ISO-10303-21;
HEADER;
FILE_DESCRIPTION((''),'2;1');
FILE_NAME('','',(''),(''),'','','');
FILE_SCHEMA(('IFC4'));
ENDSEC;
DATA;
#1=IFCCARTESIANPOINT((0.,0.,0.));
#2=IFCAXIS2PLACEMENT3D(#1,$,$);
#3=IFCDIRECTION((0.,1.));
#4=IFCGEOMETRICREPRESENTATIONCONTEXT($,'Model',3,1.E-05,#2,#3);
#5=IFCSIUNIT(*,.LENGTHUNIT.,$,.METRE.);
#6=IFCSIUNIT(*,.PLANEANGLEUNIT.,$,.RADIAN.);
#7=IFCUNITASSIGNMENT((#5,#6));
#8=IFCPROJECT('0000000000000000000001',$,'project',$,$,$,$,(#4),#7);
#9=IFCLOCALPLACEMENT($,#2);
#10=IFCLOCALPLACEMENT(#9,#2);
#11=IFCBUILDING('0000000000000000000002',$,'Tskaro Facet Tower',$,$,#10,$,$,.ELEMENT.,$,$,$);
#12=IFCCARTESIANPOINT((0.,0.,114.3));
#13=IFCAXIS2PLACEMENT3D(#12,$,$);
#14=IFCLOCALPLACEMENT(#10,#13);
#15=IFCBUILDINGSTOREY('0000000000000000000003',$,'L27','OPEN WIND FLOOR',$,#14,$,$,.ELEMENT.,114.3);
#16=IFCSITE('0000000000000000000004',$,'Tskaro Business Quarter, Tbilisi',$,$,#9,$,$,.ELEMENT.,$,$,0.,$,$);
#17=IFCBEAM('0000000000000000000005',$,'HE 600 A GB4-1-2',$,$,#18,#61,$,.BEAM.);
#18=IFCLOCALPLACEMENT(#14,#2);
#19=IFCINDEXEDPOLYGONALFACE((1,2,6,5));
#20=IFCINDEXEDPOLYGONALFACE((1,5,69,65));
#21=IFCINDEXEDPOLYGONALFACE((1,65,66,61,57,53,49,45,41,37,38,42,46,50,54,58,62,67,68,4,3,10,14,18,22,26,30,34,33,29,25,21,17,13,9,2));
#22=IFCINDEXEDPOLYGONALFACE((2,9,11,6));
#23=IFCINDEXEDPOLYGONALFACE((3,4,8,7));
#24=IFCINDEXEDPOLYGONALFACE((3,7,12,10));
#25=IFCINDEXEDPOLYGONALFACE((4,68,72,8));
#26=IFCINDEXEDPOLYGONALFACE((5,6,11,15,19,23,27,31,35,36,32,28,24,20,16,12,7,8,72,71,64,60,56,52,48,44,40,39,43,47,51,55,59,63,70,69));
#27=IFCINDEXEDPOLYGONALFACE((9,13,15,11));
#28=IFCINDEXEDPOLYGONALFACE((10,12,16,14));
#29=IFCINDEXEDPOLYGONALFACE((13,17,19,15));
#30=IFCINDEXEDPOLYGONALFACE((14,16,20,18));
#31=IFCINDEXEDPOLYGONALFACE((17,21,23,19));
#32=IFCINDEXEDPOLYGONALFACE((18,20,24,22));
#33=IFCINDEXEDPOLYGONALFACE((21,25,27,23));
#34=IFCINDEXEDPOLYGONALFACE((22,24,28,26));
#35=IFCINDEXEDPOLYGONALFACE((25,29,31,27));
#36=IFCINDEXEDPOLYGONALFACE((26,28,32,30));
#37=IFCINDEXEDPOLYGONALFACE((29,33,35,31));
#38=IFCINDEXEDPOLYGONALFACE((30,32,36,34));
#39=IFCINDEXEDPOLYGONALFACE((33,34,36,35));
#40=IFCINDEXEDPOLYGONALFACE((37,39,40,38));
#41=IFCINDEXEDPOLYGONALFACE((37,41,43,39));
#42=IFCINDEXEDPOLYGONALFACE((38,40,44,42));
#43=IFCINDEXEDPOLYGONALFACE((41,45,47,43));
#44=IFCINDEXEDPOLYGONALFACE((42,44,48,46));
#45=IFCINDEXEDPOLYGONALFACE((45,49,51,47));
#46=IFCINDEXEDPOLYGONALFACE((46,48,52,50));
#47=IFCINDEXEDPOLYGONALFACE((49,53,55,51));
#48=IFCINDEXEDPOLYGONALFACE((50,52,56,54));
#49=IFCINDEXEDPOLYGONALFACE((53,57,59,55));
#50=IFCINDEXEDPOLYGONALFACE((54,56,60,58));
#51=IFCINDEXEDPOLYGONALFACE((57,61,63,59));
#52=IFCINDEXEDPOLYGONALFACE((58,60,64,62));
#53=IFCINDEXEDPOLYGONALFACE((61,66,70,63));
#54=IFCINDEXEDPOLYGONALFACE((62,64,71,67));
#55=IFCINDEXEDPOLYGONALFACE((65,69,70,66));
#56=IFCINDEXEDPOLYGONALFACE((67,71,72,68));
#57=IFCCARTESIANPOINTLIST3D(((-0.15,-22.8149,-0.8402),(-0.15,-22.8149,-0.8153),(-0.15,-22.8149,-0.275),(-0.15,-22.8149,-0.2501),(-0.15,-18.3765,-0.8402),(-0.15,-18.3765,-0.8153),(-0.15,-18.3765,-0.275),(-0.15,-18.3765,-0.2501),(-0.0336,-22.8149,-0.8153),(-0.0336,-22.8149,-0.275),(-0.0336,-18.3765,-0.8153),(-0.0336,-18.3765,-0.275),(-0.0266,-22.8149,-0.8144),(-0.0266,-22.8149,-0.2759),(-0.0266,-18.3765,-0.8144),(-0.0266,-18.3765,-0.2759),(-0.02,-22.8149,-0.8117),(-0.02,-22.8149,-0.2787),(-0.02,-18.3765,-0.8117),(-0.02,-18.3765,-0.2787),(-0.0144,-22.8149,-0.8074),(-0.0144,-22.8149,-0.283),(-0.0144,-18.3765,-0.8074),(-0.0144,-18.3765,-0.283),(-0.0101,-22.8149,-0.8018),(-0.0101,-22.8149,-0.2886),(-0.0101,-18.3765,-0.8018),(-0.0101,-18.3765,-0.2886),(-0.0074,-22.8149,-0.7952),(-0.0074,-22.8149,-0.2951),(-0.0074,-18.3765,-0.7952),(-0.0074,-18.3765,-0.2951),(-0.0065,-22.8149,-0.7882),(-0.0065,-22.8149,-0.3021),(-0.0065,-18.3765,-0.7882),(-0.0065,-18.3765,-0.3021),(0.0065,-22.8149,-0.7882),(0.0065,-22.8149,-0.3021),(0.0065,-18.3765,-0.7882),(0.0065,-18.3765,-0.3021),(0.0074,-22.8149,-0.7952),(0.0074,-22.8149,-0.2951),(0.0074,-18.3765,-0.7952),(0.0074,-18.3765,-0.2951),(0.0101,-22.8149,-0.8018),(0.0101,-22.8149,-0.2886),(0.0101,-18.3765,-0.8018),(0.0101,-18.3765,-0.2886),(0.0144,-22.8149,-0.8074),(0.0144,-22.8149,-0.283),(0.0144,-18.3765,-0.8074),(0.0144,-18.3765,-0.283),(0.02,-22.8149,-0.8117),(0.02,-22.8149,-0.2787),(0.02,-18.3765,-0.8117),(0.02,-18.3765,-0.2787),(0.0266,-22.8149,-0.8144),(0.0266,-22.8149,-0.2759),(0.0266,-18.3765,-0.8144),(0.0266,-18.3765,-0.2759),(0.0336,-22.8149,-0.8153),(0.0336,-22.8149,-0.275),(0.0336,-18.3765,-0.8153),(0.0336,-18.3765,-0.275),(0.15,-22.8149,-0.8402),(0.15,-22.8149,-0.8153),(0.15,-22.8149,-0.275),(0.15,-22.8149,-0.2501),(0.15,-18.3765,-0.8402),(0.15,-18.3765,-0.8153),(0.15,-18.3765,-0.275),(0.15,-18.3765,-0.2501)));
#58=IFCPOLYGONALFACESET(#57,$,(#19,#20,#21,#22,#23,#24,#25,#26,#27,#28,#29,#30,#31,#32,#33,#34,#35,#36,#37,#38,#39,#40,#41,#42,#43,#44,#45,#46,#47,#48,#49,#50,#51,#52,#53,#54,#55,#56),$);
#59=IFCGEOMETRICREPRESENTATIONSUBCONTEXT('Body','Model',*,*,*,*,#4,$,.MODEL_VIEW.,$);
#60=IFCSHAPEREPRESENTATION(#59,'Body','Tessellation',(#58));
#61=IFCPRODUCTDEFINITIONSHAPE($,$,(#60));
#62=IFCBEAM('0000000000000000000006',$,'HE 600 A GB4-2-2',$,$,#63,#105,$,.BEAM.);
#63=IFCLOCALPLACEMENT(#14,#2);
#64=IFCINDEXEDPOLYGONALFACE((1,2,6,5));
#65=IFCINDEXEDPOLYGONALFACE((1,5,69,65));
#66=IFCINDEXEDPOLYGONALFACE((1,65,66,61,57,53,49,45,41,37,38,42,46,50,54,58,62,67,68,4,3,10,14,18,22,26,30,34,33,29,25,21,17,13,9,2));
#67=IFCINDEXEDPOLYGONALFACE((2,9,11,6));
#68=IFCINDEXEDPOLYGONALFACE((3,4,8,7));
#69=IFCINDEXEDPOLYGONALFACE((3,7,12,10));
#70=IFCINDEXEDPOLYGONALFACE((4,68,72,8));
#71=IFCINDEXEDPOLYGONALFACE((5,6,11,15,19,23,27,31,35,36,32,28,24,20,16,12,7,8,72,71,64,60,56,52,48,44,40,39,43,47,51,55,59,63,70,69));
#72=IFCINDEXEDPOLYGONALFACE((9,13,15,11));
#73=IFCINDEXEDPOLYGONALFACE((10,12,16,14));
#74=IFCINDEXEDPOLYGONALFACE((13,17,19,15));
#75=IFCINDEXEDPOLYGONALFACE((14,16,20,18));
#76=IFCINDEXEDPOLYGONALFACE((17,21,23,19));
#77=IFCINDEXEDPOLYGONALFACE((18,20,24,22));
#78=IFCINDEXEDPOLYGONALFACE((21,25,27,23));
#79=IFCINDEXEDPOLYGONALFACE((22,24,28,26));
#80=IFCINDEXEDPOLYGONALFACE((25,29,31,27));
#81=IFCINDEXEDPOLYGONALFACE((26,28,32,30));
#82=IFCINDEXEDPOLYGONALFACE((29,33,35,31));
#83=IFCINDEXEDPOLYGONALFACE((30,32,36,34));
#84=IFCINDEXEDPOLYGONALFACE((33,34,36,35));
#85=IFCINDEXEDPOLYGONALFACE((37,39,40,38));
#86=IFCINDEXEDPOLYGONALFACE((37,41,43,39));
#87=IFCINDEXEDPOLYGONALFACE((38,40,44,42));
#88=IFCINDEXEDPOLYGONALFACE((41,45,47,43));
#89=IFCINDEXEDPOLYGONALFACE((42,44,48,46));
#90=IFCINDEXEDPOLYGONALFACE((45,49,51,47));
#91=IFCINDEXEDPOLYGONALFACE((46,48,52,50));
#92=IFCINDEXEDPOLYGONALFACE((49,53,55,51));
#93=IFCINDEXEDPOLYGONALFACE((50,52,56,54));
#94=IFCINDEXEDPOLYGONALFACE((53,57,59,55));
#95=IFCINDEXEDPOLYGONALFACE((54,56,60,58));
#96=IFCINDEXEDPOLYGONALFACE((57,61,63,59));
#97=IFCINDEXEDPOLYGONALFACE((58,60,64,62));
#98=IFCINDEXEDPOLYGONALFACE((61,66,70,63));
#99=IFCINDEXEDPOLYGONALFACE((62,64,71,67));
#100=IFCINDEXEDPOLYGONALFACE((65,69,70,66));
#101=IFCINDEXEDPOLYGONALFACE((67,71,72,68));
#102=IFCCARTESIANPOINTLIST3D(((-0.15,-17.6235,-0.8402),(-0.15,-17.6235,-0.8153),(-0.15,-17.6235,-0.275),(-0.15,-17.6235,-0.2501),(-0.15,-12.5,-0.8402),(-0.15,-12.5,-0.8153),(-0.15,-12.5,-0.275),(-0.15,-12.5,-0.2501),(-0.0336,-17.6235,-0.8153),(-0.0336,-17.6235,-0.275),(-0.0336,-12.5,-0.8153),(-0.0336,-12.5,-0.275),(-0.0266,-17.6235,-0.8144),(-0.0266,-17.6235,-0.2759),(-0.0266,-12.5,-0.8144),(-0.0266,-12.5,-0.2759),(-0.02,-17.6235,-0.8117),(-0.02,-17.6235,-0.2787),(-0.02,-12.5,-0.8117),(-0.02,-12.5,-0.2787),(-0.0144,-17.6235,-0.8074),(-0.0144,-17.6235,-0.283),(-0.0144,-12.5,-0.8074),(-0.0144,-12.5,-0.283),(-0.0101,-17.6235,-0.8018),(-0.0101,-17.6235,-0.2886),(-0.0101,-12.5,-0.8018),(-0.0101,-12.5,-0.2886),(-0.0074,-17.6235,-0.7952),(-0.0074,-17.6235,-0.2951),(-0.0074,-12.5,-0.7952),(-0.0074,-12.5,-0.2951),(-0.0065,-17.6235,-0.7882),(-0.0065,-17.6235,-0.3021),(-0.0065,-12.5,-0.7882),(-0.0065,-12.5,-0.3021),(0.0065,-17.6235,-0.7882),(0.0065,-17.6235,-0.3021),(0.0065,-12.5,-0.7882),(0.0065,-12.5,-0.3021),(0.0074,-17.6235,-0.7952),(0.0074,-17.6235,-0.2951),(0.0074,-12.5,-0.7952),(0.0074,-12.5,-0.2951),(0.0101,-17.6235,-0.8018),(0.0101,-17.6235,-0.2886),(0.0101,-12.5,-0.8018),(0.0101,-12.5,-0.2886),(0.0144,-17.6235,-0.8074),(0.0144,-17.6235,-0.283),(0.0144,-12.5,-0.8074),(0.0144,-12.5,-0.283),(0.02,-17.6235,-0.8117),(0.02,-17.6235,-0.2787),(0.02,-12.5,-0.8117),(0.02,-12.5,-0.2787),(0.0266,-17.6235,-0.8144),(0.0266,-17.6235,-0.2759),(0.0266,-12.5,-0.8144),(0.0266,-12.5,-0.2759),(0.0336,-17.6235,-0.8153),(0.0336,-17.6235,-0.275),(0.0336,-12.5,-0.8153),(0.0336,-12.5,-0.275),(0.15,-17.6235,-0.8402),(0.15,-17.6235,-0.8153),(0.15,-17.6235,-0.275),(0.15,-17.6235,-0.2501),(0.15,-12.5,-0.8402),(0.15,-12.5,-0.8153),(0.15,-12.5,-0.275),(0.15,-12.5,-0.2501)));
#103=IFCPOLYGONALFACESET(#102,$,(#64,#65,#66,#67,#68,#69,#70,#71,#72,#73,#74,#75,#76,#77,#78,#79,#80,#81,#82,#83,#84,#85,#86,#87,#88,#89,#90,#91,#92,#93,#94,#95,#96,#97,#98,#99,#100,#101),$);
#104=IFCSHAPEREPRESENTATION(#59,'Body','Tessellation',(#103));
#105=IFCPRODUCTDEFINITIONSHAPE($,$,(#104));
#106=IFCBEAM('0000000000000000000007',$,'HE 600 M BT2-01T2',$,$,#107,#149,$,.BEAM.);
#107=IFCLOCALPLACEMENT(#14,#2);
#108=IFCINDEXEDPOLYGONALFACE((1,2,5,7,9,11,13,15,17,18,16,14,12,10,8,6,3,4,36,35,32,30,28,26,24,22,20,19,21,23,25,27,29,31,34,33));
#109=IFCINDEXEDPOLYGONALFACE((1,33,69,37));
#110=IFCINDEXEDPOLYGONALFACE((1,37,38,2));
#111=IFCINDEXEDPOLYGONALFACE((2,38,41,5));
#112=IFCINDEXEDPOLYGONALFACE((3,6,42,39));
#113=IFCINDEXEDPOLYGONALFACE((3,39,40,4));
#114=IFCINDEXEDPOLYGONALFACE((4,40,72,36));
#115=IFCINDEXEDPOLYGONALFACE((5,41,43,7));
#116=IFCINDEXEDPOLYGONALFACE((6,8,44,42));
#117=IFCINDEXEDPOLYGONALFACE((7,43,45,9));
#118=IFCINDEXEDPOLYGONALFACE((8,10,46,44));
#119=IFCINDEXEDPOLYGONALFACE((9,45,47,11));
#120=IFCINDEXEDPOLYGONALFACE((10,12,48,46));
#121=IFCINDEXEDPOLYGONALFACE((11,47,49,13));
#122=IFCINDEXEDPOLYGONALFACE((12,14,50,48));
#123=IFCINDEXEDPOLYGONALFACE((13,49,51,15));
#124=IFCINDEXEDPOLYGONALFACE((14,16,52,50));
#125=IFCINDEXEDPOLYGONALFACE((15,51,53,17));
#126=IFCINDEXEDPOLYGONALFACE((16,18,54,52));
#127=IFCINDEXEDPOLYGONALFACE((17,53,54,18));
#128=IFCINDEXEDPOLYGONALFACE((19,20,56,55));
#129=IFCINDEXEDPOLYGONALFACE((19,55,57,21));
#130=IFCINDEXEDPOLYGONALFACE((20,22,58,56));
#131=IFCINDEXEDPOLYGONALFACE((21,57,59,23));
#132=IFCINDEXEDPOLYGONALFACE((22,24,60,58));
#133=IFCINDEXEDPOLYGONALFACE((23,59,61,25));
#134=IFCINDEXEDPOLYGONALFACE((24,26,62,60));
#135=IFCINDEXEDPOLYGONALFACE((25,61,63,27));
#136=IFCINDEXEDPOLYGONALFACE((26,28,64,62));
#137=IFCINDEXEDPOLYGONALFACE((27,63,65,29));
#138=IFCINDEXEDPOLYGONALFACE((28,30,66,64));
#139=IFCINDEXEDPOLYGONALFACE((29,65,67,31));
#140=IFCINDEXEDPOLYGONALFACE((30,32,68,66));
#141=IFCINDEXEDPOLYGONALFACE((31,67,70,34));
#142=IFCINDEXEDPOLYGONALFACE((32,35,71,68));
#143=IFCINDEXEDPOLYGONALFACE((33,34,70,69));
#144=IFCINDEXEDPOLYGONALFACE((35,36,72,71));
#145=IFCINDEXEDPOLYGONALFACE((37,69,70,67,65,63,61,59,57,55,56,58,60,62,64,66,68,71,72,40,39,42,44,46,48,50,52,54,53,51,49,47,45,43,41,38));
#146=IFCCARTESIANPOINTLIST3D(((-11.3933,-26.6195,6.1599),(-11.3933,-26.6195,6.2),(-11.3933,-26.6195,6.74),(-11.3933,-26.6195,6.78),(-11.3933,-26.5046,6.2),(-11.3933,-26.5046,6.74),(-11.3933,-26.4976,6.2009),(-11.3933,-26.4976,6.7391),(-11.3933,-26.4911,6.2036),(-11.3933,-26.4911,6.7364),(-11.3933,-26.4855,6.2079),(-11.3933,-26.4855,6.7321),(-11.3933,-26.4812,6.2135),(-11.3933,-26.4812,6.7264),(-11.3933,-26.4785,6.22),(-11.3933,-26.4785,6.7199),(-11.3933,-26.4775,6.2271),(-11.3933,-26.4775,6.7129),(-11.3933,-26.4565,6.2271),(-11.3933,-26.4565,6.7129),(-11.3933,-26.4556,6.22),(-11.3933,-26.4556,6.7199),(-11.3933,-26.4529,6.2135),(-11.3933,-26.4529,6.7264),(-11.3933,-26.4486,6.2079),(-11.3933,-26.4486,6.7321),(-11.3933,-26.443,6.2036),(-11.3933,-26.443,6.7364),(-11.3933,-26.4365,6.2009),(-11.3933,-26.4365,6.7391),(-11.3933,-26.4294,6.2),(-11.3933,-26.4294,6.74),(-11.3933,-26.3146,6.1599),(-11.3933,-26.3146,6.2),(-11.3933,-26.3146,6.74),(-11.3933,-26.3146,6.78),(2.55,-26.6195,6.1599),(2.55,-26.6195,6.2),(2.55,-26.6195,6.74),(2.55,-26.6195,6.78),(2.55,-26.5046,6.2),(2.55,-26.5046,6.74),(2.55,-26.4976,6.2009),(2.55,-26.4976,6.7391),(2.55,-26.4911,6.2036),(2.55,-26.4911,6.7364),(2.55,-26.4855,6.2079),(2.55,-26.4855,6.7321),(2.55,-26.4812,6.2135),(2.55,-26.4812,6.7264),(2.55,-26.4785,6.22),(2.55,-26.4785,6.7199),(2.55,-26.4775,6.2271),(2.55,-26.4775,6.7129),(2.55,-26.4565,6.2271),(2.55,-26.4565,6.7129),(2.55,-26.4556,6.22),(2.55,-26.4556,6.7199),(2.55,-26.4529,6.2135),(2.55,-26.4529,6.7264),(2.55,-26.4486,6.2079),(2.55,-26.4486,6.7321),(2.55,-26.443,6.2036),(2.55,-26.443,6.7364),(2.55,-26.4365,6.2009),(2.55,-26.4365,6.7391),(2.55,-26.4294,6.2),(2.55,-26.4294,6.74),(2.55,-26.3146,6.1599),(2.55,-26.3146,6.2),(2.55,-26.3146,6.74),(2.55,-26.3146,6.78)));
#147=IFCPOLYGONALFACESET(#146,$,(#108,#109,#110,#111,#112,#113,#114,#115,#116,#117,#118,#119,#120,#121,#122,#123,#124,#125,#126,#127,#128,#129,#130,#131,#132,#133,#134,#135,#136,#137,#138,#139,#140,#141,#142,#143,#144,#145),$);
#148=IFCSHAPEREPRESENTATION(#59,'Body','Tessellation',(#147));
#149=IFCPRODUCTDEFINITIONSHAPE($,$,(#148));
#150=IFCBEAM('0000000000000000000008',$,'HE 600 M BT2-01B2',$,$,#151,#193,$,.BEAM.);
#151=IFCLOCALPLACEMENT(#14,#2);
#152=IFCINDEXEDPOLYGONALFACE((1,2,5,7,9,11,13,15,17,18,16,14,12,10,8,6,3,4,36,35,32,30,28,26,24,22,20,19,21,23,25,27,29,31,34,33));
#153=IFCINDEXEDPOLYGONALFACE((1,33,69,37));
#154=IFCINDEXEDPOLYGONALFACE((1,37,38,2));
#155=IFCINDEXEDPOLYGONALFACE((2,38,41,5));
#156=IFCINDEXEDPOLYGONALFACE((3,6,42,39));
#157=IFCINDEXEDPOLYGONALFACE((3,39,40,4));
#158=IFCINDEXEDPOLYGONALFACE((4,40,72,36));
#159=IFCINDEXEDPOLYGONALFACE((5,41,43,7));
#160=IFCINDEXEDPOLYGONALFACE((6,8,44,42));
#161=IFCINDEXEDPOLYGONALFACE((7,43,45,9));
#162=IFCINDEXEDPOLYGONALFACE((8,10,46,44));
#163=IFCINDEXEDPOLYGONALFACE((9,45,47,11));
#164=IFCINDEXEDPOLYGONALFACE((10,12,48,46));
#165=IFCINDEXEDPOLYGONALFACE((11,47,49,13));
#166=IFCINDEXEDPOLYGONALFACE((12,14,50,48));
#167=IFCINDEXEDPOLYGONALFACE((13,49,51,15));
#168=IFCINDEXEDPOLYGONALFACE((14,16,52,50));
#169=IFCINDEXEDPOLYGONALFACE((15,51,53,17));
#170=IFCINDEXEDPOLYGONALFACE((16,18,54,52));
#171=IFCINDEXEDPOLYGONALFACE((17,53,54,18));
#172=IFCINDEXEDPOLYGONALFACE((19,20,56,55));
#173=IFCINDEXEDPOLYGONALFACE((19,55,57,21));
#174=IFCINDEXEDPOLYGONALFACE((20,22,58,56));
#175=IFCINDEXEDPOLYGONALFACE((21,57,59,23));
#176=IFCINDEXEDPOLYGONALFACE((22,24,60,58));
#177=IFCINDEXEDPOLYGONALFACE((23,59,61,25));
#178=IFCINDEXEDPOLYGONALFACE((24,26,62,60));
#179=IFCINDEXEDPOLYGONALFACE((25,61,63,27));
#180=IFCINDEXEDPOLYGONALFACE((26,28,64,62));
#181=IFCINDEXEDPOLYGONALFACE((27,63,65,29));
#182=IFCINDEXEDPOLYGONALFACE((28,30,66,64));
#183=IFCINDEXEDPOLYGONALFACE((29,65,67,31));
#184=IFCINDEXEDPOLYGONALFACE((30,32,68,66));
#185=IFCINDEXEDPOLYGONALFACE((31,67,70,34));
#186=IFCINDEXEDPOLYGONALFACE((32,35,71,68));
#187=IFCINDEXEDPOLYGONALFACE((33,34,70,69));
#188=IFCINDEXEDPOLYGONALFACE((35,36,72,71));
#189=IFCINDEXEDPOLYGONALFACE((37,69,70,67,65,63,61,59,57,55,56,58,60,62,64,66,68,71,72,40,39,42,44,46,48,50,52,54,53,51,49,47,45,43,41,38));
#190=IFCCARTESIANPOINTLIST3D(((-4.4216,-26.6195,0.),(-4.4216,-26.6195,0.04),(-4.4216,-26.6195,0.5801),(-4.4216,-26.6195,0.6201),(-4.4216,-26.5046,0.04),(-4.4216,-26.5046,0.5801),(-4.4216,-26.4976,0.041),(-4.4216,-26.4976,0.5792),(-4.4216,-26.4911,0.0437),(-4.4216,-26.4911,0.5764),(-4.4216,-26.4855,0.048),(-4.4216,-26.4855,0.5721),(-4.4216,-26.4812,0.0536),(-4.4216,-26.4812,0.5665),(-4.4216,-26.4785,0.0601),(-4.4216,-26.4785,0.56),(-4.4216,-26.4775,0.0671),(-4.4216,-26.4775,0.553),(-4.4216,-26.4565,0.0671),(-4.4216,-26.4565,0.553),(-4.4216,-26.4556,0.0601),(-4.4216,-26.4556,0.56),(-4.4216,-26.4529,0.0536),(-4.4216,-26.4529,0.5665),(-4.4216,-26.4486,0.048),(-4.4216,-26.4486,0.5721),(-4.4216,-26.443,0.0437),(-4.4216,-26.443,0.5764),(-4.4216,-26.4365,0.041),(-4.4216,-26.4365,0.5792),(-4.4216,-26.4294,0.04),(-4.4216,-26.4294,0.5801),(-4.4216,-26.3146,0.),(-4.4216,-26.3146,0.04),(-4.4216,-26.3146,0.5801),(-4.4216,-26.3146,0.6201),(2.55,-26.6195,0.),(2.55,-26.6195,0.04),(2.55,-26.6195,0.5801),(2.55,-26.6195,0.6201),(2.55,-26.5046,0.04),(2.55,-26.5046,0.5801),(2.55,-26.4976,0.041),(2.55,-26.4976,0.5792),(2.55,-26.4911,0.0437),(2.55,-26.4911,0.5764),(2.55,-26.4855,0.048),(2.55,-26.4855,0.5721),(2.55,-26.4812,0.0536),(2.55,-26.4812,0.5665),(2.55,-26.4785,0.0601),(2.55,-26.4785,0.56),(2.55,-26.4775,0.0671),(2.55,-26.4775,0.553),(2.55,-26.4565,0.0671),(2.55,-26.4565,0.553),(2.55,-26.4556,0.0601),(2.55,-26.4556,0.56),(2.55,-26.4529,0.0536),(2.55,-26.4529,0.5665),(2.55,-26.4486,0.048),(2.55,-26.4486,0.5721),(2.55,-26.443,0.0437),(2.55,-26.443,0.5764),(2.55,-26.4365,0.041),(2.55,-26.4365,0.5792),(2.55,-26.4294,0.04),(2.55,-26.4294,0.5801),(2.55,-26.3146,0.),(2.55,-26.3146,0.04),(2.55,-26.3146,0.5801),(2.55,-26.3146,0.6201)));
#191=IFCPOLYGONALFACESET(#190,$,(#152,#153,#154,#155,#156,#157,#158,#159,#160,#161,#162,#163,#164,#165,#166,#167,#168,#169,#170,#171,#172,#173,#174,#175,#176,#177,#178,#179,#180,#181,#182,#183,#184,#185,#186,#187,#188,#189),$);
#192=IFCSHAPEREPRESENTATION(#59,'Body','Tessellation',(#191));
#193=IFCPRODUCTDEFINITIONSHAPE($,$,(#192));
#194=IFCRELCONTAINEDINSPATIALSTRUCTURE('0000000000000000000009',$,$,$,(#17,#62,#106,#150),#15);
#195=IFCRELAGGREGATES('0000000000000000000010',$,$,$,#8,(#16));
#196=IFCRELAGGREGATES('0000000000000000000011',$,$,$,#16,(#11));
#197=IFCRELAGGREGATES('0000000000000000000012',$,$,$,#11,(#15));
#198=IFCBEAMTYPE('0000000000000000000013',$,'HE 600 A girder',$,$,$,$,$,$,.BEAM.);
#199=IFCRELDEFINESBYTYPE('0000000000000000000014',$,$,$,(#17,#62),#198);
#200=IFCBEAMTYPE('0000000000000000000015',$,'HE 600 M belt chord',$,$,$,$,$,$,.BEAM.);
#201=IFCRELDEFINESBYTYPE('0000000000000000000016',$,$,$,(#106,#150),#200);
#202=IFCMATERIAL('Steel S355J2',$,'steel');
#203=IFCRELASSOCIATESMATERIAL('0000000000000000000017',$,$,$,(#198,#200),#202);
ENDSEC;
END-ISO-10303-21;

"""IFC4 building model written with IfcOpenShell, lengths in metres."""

from ifc_helpers import new_model, si_unit, direction, frame, origin, origin_2d, place, context, subcontext, project, spatial, i_section, extrude, material, material_profile, profile_set, type_object, element, save


model = new_model("IFC4")

# Units and contexts
model_context = context("Model", 3, precision=1e-05, world=origin(), true_north=direction((0.0, 1.0)))
body_context = subcontext(model_context, "Body", "Model", "MODEL_VIEW")
ifc_project = project(units=[si_unit("LENGTHUNIT", "METRE"), si_unit("PLANEANGLEUNIT", "RADIAN")], contexts=[model_context])

# Site, building, storey
site_placement = place(None, origin())
site = spatial("IfcSite", under=ifc_project, at=site_placement, Name="Tskaro Business Quarter, Tbilisi", CompositionType="ELEMENT", RefElevation=0.0)
building_placement = place(site_placement, origin())
building = spatial("IfcBuilding", under=site, at=building_placement, Name="Tskaro Facet Tower", CompositionType="ELEMENT")
storey_placement = place(building_placement, frame((0.0, 0.0, 114.3)))
storey = spatial("IfcBuildingStorey", under=building, at=storey_placement, Name="L27", Description="OPEN WIND FLOOR", CompositionType="ELEMENT", Elevation=114.3)

# Shared definitions
ifc_material_1 = material(Name="Steel S355J2", Category="steel")

# Beams
ifc_material_profile_1 = material_profile(ifc_material_1, i_section(OverallWidth=0.3, OverallDepth=0.5901, WebThickness=0.0129, FlangeThickness=0.0249, FilletRadius=0.0271, at=origin_2d()), Name="HE 600 A")
ifc_profile_set_1 = profile_set([ifc_material_profile_1], Name="Steel S355J2")
beam_type_1 = type_object("IfcBeamType", Name="HE 600 A girder", PredefinedType="BEAM", material=ifc_profile_set_1)
beam_1_placement = place(storey_placement, frame((0.0, -22.8149, -0.5452), z_axis=(0.0, 1.0, 0.0), x_axis=(-1.0, 0.0, 0.0)))
element("IfcBeam", 1, at=beam_1_placement, inside=storey, type_object=beam_type_1, Name="HE 600 A GB4-1-2", PredefinedType="BEAM", context=body_context, shape_type="SweptSolid", body=[
    extrude(i_section(OverallWidth=0.3, OverallDepth=0.5901, WebThickness=0.0129, FlangeThickness=0.0249, FilletRadius=0.0271, at=origin_2d()), origin(), (0.0, 0.0, 1.0), 4.4385),
])
beam_2_placement = place(storey_placement, frame((0.0, -17.6235, -0.5452), z_axis=(0.0, 1.0, 0.0), x_axis=(-1.0, 0.0, 0.0)))
element("IfcBeam", 2, at=beam_2_placement, inside=storey, type_object=beam_type_1, Name="HE 600 A GB4-2-2", PredefinedType="BEAM", context=body_context, shape_type="SweptSolid", body=[
    extrude(i_section(OverallWidth=0.3, OverallDepth=0.5901, WebThickness=0.0129, FlangeThickness=0.0249, FilletRadius=0.0271, at=origin_2d()), origin(), (0.0, 0.0, 1.0), 5.1235),
])
ifc_material_profile_2 = material_profile(ifc_material_1, i_section(OverallWidth=0.3049, OverallDepth=0.6201, WebThickness=0.021, FlangeThickness=0.04, FilletRadius=0.0271, at=origin_2d()), Name="HE 600 M")
ifc_profile_set_2 = profile_set([ifc_material_profile_2], Name="Steel S355J2")
beam_type_2 = type_object("IfcBeamType", Name="HE 600 M belt chord", PredefinedType="BEAM", material=ifc_profile_set_2)
beam_3_placement = place(storey_placement, frame((-11.3933, -26.467, 6.47), z_axis=(1.0, 0.0, 0.0), x_axis=(0.0, 1.0, 0.0)))
element("IfcBeam", 3, at=beam_3_placement, inside=storey, type_object=beam_type_2, Name="HE 600 M BT2-01T2", PredefinedType="BEAM", context=body_context, shape_type="SweptSolid", body=[
    extrude(i_section(OverallWidth=0.3049, OverallDepth=0.6201, WebThickness=0.021, FlangeThickness=0.04, FilletRadius=0.0271, at=origin_2d()), origin(), (0.0, 0.0, 1.0), 13.9434),
])
beam_4_placement = place(storey_placement, frame((-4.4216, -26.467, 0.3101), z_axis=(1.0, 0.0, 0.0), x_axis=(0.0, 1.0, 0.0)))
element("IfcBeam", 4, at=beam_4_placement, inside=storey, type_object=beam_type_2, Name="HE 600 M BT2-01B2", PredefinedType="BEAM", context=body_context, shape_type="SweptSolid", body=[
    extrude(i_section(OverallWidth=0.3049, OverallDepth=0.6201, WebThickness=0.021, FlangeThickness=0.04, FilletRadius=0.0271, at=origin_2d()), origin(), (0.0, 0.0, 1.0), 6.9717),
])

save(model, "model.ifc")
